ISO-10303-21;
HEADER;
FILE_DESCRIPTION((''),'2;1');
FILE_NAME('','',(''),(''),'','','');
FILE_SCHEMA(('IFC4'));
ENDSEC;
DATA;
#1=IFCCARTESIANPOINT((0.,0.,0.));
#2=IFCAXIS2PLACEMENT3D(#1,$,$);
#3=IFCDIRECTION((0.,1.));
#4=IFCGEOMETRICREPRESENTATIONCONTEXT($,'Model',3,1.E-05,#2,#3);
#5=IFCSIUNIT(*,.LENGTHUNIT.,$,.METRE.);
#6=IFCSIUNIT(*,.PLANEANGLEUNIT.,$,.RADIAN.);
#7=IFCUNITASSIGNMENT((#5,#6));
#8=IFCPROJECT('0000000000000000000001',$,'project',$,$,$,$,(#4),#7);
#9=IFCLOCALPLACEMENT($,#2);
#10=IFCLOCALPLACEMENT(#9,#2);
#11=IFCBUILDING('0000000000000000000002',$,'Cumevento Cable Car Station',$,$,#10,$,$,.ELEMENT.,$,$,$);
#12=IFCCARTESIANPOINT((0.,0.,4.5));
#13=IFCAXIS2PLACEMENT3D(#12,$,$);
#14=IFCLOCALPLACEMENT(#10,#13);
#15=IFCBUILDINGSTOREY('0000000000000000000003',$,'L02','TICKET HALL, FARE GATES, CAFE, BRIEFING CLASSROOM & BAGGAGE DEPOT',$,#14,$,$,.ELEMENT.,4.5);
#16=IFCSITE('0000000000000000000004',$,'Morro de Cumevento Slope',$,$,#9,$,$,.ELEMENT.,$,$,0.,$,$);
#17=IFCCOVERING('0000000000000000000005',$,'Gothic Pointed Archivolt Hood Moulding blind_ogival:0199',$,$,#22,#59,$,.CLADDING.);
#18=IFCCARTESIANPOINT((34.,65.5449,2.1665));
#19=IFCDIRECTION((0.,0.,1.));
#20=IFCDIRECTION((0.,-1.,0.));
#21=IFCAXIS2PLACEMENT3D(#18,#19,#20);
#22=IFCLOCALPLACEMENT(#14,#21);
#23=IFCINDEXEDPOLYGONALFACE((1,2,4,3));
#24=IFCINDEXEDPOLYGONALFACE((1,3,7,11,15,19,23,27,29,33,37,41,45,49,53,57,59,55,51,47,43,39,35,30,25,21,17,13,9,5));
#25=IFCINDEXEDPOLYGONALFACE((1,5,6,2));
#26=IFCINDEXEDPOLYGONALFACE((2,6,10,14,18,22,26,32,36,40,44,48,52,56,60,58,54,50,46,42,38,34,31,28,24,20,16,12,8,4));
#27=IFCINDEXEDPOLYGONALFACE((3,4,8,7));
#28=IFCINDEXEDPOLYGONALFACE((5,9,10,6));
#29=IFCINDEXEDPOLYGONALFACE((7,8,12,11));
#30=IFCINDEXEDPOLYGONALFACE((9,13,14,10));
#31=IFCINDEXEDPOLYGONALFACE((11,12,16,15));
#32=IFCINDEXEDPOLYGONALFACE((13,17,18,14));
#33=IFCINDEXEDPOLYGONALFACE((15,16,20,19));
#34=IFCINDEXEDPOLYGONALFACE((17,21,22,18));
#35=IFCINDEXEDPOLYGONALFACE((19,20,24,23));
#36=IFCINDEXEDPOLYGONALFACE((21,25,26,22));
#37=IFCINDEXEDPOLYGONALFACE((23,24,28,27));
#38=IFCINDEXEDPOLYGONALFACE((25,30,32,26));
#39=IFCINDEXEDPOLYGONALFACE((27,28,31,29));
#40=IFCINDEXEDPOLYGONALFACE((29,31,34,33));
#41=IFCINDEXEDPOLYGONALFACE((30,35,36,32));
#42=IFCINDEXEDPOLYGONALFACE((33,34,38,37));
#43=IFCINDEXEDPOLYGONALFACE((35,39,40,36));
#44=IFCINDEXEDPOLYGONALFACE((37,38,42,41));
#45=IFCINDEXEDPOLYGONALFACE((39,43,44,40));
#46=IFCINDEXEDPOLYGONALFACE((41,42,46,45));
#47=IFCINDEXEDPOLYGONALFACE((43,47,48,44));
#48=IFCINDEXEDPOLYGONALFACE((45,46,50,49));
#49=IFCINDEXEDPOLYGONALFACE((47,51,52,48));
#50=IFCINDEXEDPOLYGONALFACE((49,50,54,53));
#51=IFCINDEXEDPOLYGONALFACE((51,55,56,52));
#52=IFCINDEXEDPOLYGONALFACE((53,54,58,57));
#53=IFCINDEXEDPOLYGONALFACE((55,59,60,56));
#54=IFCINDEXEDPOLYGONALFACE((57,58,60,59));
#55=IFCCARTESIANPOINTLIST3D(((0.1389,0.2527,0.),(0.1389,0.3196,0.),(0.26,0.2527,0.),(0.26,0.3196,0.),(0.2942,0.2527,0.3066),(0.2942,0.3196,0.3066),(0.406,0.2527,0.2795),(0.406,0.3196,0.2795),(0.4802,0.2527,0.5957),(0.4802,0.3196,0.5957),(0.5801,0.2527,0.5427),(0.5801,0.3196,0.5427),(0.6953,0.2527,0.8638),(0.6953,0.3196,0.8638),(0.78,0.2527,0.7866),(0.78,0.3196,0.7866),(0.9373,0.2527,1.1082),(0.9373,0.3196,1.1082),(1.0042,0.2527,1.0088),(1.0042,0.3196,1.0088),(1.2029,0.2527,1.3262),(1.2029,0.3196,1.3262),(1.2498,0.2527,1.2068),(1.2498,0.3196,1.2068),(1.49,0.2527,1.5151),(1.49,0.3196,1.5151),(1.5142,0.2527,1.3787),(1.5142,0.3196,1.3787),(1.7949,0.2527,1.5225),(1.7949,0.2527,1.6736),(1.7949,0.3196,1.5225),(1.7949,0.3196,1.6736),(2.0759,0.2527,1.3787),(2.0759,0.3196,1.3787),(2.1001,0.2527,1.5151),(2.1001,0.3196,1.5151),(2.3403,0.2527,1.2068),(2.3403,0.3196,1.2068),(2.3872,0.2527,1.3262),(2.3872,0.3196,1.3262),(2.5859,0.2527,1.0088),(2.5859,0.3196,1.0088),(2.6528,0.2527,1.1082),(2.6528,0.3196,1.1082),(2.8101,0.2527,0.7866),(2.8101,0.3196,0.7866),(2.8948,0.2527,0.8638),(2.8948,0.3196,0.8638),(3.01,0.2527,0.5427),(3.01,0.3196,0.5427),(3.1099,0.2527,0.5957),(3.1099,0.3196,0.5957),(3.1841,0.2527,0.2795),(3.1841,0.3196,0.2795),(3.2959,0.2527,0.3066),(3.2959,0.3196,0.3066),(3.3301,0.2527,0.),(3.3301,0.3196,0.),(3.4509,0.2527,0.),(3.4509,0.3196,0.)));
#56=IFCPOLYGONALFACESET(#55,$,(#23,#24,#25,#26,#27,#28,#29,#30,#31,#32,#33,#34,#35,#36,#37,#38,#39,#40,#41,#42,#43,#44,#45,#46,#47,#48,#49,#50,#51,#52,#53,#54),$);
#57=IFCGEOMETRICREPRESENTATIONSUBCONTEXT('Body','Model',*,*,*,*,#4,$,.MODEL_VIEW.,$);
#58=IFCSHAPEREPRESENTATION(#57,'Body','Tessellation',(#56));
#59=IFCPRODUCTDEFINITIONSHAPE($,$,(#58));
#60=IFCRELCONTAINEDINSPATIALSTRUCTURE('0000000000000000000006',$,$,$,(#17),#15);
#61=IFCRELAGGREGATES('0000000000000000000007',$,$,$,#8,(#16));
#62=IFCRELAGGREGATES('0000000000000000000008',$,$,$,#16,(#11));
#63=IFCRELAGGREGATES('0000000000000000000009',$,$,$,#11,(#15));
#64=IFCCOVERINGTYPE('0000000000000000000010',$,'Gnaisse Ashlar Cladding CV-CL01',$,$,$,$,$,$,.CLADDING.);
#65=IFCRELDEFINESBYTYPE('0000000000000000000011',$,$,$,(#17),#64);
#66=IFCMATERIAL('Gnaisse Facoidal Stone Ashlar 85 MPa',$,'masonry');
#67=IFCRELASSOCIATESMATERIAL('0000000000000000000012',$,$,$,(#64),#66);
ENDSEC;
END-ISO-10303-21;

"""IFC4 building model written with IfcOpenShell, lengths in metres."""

from ifc_helpers import new_model, si_unit, direction, frame, origin, place, context, subcontext, project, spatial, polyline, outline, extrude, material, type_object, element, save


model = new_model("IFC4")

# Units and contexts
model_context = context("Model", 3, precision=1e-05, world=origin(), true_north=direction((0.0, 1.0)))
body_context = subcontext(model_context, "Body", "Model", "MODEL_VIEW")
ifc_project = project(units=[si_unit("LENGTHUNIT", "METRE"), si_unit("PLANEANGLEUNIT", "RADIAN")], contexts=[model_context])

# Site, building, storey
site_placement = place(None, origin())
site = spatial("IfcSite", under=ifc_project, at=site_placement, Name="Morro de Cumevento Slope", CompositionType="ELEMENT", RefElevation=0.0)
building_placement = place(site_placement, origin())
building = spatial("IfcBuilding", under=site, at=building_placement, Name="Cumevento Cable Car Station", CompositionType="ELEMENT")
storey_placement = place(building_placement, frame((0.0, 0.0, 4.5)))
storey = spatial("IfcBuildingStorey", under=building, at=storey_placement, Name="L02", Description="TICKET HALL, FARE GATES, CAFE, BRIEFING CLASSROOM & BAGGAGE DEPOT", CompositionType="ELEMENT", Elevation=4.5)

# Covering
ifc_material_1 = material(Name="Gnaisse Facoidal Stone Ashlar 85 MPa", Category="masonry")
covering_type = type_object("IfcCoveringType", Name="Gnaisse Ashlar Cladding CV-CL01", PredefinedType="CLADDING", material=ifc_material_1)
covering_1_placement = place(storey_placement, frame((34.0, 65.5449, 2.1665), z_axis=(0.0, 0.0, 1.0), x_axis=(0.0, -1.0, 0.0)))
element("IfcCovering", 1, at=covering_1_placement, inside=storey, type_object=covering_type, Name="Gothic Pointed Archivolt Hood Moulding blind_ogival:0199", PredefinedType="CLADDING", context=body_context, shape_type="SweptSolid", body=[
    extrude(outline(polyline([(0.26, 0.0), (0.406, 0.2795), (0.5801, 0.5427), (0.78, 0.7866), (1.0042, 1.0088), (1.2498, 1.2068), (1.5142, 1.3787), (1.7949, 1.5225), (2.0759, 1.3787), (2.3403, 1.2068), (2.5859, 1.0088), (2.8101, 0.7866), (3.01, 0.5427), (3.1841, 0.2795), (3.3301, 0.0), (3.4509, 0.0), (3.2959, 0.3066), (3.1099, 0.5957), (2.8948, 0.8638), (2.6528, 1.1082), (2.3872, 1.3262), (2.1001, 1.5151), (1.7949, 1.6736), (1.49, 1.5151), (1.2029, 1.3262), (0.9373, 1.1082), (0.6953, 0.8638), (0.4802, 0.5957), (0.2942, 0.3066), (0.1389, 0.0), (0.26, 0.0)])), frame((0.0, 0.3196, 0.0), z_axis=(0.0, -1.0, 0.0), x_axis=(1.0, 0.0, 0.0)), (0.0, 0.0, 1.0), 0.0669),
])

save(model, "model.ifc")
